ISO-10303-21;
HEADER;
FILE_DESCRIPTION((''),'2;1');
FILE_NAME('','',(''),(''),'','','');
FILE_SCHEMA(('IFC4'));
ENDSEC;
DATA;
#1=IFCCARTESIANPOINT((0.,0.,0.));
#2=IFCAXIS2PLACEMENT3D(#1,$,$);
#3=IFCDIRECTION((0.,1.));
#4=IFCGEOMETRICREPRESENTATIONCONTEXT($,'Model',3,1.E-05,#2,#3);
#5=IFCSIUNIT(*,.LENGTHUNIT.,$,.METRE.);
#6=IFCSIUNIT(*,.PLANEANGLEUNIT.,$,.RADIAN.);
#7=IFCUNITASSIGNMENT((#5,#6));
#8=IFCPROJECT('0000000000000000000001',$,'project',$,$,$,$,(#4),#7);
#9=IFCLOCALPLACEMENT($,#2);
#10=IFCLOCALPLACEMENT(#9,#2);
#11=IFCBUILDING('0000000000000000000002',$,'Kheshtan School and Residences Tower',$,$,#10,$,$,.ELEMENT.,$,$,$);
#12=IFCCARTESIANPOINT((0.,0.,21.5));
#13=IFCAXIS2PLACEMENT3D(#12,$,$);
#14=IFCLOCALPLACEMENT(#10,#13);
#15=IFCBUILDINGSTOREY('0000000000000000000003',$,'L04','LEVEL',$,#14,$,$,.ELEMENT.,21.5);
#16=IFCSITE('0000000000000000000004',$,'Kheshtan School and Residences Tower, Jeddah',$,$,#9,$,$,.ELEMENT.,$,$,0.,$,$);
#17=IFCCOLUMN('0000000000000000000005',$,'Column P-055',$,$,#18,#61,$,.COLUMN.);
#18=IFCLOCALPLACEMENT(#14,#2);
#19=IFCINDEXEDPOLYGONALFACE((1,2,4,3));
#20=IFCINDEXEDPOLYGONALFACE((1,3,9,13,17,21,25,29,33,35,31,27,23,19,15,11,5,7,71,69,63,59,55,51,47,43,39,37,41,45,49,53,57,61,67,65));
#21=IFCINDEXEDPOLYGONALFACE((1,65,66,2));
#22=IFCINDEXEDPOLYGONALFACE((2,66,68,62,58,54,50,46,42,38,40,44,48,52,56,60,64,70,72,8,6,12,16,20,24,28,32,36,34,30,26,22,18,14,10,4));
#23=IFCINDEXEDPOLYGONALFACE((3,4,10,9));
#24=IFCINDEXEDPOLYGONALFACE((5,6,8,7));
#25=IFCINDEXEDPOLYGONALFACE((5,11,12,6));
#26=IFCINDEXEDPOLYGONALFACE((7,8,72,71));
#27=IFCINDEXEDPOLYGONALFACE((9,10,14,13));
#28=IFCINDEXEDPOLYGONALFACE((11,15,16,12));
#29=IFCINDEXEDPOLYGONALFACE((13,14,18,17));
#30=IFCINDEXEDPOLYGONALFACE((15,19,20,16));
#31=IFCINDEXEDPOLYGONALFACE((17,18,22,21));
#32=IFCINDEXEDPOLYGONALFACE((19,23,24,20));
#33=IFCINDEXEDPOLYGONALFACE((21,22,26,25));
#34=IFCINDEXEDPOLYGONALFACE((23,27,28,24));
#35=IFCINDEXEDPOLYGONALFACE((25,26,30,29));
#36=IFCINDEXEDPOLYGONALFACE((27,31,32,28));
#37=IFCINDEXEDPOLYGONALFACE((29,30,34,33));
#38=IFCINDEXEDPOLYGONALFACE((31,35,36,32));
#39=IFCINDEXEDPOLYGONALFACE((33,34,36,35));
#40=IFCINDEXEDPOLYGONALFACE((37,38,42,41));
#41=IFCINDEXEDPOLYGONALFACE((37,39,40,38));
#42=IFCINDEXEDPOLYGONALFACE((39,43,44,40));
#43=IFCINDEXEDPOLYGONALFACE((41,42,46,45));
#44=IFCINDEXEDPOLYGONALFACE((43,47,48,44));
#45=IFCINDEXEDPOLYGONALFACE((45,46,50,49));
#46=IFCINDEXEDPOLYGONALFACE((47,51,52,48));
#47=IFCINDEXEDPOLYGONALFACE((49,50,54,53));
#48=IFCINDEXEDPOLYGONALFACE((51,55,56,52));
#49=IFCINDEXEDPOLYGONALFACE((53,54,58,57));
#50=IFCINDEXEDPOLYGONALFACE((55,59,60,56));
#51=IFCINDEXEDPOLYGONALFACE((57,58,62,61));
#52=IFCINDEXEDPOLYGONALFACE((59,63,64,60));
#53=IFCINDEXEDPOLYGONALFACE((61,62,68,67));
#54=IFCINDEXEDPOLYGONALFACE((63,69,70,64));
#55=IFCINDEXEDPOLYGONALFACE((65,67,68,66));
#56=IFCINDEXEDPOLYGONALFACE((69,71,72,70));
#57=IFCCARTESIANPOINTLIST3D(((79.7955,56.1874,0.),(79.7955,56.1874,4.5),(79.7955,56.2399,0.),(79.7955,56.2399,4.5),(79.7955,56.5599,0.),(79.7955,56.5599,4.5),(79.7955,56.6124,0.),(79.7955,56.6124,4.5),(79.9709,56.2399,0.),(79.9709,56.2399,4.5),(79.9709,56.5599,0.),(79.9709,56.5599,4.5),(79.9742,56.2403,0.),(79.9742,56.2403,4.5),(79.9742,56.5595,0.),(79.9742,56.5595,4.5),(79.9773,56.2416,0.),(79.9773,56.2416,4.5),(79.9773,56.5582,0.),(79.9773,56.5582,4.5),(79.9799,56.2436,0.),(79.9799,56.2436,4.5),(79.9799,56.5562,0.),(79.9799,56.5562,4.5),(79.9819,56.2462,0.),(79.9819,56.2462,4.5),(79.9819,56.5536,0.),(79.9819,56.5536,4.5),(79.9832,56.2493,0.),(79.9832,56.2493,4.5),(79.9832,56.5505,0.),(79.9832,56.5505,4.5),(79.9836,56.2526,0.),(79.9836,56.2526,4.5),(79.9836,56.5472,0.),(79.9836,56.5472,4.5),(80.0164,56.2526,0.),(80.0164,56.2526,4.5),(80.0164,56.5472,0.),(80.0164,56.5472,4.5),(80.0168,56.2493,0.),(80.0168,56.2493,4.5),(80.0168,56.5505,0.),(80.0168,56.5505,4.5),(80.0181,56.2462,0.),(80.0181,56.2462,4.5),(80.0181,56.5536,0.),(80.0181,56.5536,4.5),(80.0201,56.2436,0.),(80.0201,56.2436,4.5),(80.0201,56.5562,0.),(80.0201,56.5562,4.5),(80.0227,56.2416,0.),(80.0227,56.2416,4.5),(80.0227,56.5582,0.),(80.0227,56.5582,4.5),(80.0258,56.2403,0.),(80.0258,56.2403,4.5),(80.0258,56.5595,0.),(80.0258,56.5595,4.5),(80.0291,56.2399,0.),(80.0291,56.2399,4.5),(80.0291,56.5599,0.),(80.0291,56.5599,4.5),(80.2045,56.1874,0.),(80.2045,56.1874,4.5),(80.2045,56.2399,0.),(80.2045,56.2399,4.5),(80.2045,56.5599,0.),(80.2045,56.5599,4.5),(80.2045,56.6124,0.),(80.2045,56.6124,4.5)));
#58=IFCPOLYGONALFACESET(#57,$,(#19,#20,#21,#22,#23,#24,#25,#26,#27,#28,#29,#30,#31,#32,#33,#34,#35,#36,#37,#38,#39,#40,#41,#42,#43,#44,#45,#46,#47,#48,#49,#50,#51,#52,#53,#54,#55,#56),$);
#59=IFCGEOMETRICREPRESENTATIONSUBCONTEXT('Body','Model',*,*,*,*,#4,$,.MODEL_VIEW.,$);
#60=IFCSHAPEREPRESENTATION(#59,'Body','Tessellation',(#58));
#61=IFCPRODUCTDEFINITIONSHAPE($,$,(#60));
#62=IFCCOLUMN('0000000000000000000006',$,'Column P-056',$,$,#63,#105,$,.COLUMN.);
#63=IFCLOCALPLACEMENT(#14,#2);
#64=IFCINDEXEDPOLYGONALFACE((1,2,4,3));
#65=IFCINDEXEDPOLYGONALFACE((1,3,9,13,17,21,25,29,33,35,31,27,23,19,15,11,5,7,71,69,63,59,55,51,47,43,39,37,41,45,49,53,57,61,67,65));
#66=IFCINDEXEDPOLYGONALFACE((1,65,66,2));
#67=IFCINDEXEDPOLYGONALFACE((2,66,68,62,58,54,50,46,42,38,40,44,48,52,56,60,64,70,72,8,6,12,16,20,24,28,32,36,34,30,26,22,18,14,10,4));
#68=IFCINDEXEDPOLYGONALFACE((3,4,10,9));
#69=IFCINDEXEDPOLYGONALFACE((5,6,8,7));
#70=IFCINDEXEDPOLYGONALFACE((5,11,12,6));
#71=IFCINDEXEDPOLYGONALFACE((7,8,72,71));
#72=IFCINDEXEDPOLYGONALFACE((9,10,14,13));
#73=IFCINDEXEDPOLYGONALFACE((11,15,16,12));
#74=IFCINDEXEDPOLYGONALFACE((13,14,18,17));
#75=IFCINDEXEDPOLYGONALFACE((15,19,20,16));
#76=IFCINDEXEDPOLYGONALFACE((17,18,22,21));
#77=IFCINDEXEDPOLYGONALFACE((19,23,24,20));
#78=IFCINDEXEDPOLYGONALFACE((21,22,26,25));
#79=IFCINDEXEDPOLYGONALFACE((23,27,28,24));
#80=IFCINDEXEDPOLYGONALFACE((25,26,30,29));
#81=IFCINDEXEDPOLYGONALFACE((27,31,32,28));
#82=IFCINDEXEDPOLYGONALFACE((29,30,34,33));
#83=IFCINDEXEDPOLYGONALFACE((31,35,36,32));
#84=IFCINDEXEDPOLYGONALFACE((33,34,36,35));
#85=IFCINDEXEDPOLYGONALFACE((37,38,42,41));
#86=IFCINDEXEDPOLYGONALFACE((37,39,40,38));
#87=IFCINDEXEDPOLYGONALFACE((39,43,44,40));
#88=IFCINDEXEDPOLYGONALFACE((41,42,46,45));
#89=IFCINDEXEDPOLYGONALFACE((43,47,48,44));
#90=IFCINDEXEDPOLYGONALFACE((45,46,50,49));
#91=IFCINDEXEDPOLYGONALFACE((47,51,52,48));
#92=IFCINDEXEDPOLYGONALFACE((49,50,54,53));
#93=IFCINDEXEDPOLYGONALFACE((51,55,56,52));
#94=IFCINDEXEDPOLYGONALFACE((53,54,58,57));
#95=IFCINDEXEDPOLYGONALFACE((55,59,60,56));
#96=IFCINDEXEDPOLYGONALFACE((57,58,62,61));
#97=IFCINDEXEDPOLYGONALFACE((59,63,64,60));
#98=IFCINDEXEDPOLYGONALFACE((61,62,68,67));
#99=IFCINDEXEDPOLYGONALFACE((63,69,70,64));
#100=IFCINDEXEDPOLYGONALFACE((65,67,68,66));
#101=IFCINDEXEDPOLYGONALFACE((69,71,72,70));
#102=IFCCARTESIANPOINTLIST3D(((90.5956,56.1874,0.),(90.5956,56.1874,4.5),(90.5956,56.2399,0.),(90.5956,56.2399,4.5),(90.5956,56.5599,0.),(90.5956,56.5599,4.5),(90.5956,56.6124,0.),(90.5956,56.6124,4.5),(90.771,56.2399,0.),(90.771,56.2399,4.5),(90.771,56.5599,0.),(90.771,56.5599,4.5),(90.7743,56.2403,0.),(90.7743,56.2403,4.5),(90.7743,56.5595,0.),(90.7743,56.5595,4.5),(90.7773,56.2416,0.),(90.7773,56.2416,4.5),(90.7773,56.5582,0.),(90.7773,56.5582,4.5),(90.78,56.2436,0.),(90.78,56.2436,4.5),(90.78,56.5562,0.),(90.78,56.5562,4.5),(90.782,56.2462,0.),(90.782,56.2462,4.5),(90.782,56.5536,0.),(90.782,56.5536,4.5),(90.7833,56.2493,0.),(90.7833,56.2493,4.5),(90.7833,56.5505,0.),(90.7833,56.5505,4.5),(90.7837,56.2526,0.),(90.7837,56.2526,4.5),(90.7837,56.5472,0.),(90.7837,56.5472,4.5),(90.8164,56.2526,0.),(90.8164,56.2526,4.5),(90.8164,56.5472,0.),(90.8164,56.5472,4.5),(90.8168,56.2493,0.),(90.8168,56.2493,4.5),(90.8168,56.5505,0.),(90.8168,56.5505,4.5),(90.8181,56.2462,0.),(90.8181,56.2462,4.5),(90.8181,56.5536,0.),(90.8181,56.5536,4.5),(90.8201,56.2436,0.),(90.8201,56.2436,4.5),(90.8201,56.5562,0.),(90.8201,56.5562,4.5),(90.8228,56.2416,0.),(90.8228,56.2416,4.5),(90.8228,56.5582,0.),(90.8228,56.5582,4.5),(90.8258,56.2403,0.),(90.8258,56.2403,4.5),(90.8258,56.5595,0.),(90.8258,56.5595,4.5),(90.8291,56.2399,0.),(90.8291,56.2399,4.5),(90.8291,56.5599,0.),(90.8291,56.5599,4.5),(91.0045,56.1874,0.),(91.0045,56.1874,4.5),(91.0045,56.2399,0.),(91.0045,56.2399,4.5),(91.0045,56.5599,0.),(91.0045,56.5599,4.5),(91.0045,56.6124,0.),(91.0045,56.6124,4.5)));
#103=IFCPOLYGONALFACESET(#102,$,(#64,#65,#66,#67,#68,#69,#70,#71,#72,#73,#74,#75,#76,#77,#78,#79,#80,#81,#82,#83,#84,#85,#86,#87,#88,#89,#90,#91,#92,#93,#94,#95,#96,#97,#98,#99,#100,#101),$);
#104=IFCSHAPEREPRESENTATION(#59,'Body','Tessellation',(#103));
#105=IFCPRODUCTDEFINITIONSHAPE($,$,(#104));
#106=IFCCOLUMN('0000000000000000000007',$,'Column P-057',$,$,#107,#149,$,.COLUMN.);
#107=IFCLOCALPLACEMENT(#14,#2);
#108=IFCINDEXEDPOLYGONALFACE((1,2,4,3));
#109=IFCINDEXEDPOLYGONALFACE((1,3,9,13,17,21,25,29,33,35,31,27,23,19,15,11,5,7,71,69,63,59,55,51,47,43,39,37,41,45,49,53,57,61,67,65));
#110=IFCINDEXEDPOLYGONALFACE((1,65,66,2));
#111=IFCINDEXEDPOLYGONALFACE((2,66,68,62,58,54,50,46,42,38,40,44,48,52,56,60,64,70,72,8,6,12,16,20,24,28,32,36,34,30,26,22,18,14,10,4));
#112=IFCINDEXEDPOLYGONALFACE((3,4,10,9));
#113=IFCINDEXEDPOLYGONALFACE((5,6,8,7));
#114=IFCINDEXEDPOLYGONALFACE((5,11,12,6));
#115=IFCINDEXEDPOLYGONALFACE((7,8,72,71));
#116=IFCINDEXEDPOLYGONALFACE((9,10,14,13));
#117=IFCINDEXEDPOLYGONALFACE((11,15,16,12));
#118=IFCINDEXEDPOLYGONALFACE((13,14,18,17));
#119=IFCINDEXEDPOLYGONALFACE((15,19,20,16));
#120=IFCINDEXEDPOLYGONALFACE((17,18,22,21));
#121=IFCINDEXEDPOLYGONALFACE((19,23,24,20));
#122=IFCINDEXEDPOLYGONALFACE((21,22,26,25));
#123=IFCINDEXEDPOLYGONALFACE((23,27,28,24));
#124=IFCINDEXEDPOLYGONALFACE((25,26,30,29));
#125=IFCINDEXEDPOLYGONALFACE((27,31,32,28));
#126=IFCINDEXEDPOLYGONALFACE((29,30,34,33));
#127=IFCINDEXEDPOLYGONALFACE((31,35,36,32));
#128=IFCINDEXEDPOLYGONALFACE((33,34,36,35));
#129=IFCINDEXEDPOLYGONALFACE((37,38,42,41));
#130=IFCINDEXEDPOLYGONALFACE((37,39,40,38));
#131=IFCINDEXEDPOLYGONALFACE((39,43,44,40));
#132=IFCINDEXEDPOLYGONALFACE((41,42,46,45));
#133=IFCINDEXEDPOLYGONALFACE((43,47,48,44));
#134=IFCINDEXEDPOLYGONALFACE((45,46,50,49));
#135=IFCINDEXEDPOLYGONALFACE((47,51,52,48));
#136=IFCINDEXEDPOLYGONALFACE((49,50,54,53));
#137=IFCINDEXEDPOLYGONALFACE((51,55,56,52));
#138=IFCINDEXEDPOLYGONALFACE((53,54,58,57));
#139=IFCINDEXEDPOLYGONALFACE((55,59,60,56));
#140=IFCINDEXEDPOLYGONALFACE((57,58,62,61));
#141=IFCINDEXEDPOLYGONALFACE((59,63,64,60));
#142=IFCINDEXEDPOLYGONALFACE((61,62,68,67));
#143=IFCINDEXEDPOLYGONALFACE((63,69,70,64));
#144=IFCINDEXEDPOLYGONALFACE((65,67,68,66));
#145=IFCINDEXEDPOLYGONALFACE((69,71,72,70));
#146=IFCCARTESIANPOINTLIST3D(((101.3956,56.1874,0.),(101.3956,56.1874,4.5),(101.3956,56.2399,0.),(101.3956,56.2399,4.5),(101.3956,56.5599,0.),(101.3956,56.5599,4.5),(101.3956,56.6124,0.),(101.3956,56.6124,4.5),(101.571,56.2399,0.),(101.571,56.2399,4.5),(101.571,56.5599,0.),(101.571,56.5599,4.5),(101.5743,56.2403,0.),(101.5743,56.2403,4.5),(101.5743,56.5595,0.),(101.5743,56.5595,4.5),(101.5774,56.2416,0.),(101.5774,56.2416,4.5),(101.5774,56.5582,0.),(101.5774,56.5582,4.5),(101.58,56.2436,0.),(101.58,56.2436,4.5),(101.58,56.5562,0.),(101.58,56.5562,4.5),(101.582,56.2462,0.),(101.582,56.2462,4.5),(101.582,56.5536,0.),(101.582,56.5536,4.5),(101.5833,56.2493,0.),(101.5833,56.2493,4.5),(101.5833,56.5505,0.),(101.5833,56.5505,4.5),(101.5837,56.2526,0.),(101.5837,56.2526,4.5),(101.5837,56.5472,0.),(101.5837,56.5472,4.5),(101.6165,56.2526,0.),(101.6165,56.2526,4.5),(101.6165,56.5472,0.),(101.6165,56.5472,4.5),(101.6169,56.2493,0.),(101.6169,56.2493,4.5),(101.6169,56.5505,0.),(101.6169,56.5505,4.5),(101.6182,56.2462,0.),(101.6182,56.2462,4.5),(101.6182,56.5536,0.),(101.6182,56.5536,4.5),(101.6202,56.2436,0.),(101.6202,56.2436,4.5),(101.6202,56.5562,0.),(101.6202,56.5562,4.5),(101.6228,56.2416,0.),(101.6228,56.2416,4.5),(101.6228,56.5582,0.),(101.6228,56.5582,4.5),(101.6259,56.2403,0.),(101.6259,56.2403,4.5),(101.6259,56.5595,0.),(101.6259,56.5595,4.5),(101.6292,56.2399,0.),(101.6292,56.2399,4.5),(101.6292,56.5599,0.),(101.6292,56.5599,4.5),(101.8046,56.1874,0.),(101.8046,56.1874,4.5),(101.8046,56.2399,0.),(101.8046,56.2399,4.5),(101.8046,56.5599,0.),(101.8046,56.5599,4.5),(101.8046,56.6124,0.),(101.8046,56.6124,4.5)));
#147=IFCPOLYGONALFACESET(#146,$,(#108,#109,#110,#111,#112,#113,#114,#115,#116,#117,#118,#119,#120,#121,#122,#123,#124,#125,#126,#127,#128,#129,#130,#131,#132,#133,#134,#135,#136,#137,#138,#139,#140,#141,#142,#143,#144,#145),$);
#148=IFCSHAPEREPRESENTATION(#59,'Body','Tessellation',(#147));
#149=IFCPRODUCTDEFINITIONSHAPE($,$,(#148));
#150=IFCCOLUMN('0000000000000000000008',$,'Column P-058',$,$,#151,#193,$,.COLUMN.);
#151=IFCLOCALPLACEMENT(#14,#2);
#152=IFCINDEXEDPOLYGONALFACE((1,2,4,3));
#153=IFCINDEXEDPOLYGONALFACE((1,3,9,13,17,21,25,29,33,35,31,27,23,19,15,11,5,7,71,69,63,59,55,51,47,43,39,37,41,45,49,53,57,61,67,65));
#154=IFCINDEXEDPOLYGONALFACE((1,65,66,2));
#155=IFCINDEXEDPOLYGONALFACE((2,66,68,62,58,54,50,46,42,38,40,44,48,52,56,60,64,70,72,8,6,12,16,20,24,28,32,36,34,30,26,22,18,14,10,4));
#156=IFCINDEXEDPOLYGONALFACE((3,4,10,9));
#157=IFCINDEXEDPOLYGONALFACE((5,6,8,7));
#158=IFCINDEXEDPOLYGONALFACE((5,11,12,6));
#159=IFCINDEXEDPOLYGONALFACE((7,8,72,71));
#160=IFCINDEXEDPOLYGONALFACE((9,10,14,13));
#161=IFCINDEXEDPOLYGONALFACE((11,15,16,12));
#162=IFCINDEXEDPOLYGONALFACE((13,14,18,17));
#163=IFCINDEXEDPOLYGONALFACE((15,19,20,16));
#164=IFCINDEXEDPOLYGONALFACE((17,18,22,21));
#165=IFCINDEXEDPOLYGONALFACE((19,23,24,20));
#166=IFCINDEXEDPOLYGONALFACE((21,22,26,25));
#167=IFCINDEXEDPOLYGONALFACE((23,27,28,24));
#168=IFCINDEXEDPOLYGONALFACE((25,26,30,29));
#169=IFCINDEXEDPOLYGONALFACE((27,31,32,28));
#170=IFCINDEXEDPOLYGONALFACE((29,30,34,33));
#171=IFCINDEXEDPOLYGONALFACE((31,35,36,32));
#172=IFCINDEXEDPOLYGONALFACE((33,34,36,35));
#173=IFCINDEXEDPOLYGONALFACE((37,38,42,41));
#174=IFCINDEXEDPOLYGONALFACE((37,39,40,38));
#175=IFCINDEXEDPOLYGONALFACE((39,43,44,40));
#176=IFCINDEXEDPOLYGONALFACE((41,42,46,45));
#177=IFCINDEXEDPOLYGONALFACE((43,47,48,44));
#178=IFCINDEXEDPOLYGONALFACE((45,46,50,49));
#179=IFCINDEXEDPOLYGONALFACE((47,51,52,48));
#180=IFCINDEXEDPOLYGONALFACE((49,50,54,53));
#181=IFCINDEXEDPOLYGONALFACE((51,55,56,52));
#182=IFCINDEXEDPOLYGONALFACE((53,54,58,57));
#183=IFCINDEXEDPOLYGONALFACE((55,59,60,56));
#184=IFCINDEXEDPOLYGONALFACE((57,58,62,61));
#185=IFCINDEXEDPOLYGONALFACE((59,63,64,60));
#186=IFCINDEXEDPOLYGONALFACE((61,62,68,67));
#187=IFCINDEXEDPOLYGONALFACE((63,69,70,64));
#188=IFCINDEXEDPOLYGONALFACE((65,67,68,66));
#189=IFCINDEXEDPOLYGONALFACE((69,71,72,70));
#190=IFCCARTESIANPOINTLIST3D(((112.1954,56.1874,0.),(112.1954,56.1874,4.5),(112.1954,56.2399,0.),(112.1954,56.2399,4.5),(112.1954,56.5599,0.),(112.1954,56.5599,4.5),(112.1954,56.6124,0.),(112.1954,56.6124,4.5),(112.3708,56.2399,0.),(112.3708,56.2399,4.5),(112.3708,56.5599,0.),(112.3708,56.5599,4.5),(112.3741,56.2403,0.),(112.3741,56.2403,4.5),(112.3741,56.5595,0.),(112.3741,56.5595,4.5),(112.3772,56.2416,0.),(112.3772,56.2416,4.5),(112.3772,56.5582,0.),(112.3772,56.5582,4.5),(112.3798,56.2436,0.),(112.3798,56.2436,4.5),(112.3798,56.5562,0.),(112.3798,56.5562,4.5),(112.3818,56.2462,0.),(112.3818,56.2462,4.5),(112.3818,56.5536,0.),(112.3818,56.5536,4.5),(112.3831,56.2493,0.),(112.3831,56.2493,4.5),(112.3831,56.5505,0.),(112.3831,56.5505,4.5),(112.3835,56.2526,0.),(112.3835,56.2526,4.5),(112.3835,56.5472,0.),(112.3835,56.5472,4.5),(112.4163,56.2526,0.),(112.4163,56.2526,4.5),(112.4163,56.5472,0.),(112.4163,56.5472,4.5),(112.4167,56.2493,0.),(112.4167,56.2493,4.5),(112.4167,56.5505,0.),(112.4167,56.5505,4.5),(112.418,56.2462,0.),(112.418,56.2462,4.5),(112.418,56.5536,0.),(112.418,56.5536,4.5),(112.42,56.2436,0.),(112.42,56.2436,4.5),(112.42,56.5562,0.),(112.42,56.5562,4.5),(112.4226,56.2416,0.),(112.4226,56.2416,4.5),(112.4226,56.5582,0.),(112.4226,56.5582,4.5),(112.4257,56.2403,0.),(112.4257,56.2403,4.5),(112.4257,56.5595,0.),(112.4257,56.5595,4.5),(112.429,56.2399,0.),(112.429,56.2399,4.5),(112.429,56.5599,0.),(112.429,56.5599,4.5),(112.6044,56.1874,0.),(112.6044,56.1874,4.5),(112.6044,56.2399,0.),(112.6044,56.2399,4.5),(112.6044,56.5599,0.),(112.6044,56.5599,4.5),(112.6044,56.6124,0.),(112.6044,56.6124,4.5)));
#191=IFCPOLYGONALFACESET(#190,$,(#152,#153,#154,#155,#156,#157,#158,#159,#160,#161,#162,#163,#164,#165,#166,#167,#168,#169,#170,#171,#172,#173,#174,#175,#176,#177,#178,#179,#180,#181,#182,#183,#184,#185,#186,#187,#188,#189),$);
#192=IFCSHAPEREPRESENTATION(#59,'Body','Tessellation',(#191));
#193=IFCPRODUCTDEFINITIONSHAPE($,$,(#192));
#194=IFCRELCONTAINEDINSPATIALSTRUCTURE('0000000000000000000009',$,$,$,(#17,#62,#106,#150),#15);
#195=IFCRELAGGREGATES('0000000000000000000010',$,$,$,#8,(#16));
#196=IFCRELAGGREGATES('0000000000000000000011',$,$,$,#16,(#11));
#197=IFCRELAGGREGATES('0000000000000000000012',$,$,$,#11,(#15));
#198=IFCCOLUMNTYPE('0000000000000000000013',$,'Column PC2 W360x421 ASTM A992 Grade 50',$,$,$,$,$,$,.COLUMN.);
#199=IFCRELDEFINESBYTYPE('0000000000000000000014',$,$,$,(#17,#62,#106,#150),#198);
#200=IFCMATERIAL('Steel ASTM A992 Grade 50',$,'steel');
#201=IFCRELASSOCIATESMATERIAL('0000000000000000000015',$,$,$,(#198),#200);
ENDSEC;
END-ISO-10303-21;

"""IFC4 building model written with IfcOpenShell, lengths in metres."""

from ifc_helpers import new_model, si_unit, direction, frame, origin, origin_2d, place, context, subcontext, project, spatial, i_section, extrude, material, material_profile, profile_set, type_object, element, save


model = new_model("IFC4")

# Units and contexts
model_context = context("Model", 3, precision=1e-05, world=origin(), true_north=direction((0.0, 1.0)))
body_context = subcontext(model_context, "Body", "Model", "MODEL_VIEW")
ifc_project = project(units=[si_unit("LENGTHUNIT", "METRE"), si_unit("PLANEANGLEUNIT", "RADIAN")], contexts=[model_context])

# Site, building, storey
site_placement = place(None, origin())
site = spatial("IfcSite", under=ifc_project, at=site_placement, Name="Kheshtan School and Residences Tower, Jeddah", CompositionType="ELEMENT", RefElevation=0.0)
building_placement = place(site_placement, origin())
building = spatial("IfcBuilding", under=site, at=building_placement, Name="Kheshtan School and Residences Tower", CompositionType="ELEMENT")
storey_placement = place(building_placement, frame((0.0, 0.0, 21.5)))
storey = spatial("IfcBuildingStorey", under=building, at=storey_placement, Name="L04", Description="LEVEL", CompositionType="ELEMENT", Elevation=21.5)

# Columns
ifc_material_1 = material(Name="Steel ASTM A992 Grade 50", Category="steel")
ifc_material_profile_1 = material_profile(ifc_material_1, i_section(OverallWidth=0.4089, OverallDepth=0.425, WebThickness=0.0327, FlangeThickness=0.0525, FilletRadius=0.0127, at=origin_2d()), Name="W360x421")
ifc_profile_set_1 = profile_set([ifc_material_profile_1], Name="Steel ASTM A992 Grade 50")
column_type = type_object("IfcColumnType", Name="Column PC2 W360x421 ASTM A992 Grade 50", PredefinedType="COLUMN", material=ifc_profile_set_1)
for number, where, z_axis, x_axis, name in (
    (1, (80.0, 56.3999, 0.0), (0.0, 0.0, 1.0), (1.0, 0.0, 0.0), "Column P-055"),
    (2, (90.8, 56.3999, 0.0), (0.0, 0.0, 1.0), (1.0, 0.0, 0.0), "Column P-056"),
    (3, (101.6001, 56.3999, 0.0), (0.0, 0.0, 1.0), (1.0, 0.0, 0.0), "Column P-057"),
    (4, (112.3999, 56.3999, 0.0), (0.0, 0.0, 1.0), (1.0, 0.0, 0.0), "Column P-058"),
):
    element("IfcColumn", number, at=place(storey_placement, frame(where, z_axis=z_axis, x_axis=x_axis)), inside=storey, type_object=column_type, Name=name, PredefinedType="COLUMN", context=body_context, shape_type="SweptSolid", body=[
        extrude(i_section(OverallWidth=0.4089, OverallDepth=0.425, WebThickness=0.0327, FlangeThickness=0.0525, FilletRadius=0.0127, at=origin_2d()), origin(), (0.0, 0.0, 1.0), 4.5),
    ])

save(model, "model.ifc")
